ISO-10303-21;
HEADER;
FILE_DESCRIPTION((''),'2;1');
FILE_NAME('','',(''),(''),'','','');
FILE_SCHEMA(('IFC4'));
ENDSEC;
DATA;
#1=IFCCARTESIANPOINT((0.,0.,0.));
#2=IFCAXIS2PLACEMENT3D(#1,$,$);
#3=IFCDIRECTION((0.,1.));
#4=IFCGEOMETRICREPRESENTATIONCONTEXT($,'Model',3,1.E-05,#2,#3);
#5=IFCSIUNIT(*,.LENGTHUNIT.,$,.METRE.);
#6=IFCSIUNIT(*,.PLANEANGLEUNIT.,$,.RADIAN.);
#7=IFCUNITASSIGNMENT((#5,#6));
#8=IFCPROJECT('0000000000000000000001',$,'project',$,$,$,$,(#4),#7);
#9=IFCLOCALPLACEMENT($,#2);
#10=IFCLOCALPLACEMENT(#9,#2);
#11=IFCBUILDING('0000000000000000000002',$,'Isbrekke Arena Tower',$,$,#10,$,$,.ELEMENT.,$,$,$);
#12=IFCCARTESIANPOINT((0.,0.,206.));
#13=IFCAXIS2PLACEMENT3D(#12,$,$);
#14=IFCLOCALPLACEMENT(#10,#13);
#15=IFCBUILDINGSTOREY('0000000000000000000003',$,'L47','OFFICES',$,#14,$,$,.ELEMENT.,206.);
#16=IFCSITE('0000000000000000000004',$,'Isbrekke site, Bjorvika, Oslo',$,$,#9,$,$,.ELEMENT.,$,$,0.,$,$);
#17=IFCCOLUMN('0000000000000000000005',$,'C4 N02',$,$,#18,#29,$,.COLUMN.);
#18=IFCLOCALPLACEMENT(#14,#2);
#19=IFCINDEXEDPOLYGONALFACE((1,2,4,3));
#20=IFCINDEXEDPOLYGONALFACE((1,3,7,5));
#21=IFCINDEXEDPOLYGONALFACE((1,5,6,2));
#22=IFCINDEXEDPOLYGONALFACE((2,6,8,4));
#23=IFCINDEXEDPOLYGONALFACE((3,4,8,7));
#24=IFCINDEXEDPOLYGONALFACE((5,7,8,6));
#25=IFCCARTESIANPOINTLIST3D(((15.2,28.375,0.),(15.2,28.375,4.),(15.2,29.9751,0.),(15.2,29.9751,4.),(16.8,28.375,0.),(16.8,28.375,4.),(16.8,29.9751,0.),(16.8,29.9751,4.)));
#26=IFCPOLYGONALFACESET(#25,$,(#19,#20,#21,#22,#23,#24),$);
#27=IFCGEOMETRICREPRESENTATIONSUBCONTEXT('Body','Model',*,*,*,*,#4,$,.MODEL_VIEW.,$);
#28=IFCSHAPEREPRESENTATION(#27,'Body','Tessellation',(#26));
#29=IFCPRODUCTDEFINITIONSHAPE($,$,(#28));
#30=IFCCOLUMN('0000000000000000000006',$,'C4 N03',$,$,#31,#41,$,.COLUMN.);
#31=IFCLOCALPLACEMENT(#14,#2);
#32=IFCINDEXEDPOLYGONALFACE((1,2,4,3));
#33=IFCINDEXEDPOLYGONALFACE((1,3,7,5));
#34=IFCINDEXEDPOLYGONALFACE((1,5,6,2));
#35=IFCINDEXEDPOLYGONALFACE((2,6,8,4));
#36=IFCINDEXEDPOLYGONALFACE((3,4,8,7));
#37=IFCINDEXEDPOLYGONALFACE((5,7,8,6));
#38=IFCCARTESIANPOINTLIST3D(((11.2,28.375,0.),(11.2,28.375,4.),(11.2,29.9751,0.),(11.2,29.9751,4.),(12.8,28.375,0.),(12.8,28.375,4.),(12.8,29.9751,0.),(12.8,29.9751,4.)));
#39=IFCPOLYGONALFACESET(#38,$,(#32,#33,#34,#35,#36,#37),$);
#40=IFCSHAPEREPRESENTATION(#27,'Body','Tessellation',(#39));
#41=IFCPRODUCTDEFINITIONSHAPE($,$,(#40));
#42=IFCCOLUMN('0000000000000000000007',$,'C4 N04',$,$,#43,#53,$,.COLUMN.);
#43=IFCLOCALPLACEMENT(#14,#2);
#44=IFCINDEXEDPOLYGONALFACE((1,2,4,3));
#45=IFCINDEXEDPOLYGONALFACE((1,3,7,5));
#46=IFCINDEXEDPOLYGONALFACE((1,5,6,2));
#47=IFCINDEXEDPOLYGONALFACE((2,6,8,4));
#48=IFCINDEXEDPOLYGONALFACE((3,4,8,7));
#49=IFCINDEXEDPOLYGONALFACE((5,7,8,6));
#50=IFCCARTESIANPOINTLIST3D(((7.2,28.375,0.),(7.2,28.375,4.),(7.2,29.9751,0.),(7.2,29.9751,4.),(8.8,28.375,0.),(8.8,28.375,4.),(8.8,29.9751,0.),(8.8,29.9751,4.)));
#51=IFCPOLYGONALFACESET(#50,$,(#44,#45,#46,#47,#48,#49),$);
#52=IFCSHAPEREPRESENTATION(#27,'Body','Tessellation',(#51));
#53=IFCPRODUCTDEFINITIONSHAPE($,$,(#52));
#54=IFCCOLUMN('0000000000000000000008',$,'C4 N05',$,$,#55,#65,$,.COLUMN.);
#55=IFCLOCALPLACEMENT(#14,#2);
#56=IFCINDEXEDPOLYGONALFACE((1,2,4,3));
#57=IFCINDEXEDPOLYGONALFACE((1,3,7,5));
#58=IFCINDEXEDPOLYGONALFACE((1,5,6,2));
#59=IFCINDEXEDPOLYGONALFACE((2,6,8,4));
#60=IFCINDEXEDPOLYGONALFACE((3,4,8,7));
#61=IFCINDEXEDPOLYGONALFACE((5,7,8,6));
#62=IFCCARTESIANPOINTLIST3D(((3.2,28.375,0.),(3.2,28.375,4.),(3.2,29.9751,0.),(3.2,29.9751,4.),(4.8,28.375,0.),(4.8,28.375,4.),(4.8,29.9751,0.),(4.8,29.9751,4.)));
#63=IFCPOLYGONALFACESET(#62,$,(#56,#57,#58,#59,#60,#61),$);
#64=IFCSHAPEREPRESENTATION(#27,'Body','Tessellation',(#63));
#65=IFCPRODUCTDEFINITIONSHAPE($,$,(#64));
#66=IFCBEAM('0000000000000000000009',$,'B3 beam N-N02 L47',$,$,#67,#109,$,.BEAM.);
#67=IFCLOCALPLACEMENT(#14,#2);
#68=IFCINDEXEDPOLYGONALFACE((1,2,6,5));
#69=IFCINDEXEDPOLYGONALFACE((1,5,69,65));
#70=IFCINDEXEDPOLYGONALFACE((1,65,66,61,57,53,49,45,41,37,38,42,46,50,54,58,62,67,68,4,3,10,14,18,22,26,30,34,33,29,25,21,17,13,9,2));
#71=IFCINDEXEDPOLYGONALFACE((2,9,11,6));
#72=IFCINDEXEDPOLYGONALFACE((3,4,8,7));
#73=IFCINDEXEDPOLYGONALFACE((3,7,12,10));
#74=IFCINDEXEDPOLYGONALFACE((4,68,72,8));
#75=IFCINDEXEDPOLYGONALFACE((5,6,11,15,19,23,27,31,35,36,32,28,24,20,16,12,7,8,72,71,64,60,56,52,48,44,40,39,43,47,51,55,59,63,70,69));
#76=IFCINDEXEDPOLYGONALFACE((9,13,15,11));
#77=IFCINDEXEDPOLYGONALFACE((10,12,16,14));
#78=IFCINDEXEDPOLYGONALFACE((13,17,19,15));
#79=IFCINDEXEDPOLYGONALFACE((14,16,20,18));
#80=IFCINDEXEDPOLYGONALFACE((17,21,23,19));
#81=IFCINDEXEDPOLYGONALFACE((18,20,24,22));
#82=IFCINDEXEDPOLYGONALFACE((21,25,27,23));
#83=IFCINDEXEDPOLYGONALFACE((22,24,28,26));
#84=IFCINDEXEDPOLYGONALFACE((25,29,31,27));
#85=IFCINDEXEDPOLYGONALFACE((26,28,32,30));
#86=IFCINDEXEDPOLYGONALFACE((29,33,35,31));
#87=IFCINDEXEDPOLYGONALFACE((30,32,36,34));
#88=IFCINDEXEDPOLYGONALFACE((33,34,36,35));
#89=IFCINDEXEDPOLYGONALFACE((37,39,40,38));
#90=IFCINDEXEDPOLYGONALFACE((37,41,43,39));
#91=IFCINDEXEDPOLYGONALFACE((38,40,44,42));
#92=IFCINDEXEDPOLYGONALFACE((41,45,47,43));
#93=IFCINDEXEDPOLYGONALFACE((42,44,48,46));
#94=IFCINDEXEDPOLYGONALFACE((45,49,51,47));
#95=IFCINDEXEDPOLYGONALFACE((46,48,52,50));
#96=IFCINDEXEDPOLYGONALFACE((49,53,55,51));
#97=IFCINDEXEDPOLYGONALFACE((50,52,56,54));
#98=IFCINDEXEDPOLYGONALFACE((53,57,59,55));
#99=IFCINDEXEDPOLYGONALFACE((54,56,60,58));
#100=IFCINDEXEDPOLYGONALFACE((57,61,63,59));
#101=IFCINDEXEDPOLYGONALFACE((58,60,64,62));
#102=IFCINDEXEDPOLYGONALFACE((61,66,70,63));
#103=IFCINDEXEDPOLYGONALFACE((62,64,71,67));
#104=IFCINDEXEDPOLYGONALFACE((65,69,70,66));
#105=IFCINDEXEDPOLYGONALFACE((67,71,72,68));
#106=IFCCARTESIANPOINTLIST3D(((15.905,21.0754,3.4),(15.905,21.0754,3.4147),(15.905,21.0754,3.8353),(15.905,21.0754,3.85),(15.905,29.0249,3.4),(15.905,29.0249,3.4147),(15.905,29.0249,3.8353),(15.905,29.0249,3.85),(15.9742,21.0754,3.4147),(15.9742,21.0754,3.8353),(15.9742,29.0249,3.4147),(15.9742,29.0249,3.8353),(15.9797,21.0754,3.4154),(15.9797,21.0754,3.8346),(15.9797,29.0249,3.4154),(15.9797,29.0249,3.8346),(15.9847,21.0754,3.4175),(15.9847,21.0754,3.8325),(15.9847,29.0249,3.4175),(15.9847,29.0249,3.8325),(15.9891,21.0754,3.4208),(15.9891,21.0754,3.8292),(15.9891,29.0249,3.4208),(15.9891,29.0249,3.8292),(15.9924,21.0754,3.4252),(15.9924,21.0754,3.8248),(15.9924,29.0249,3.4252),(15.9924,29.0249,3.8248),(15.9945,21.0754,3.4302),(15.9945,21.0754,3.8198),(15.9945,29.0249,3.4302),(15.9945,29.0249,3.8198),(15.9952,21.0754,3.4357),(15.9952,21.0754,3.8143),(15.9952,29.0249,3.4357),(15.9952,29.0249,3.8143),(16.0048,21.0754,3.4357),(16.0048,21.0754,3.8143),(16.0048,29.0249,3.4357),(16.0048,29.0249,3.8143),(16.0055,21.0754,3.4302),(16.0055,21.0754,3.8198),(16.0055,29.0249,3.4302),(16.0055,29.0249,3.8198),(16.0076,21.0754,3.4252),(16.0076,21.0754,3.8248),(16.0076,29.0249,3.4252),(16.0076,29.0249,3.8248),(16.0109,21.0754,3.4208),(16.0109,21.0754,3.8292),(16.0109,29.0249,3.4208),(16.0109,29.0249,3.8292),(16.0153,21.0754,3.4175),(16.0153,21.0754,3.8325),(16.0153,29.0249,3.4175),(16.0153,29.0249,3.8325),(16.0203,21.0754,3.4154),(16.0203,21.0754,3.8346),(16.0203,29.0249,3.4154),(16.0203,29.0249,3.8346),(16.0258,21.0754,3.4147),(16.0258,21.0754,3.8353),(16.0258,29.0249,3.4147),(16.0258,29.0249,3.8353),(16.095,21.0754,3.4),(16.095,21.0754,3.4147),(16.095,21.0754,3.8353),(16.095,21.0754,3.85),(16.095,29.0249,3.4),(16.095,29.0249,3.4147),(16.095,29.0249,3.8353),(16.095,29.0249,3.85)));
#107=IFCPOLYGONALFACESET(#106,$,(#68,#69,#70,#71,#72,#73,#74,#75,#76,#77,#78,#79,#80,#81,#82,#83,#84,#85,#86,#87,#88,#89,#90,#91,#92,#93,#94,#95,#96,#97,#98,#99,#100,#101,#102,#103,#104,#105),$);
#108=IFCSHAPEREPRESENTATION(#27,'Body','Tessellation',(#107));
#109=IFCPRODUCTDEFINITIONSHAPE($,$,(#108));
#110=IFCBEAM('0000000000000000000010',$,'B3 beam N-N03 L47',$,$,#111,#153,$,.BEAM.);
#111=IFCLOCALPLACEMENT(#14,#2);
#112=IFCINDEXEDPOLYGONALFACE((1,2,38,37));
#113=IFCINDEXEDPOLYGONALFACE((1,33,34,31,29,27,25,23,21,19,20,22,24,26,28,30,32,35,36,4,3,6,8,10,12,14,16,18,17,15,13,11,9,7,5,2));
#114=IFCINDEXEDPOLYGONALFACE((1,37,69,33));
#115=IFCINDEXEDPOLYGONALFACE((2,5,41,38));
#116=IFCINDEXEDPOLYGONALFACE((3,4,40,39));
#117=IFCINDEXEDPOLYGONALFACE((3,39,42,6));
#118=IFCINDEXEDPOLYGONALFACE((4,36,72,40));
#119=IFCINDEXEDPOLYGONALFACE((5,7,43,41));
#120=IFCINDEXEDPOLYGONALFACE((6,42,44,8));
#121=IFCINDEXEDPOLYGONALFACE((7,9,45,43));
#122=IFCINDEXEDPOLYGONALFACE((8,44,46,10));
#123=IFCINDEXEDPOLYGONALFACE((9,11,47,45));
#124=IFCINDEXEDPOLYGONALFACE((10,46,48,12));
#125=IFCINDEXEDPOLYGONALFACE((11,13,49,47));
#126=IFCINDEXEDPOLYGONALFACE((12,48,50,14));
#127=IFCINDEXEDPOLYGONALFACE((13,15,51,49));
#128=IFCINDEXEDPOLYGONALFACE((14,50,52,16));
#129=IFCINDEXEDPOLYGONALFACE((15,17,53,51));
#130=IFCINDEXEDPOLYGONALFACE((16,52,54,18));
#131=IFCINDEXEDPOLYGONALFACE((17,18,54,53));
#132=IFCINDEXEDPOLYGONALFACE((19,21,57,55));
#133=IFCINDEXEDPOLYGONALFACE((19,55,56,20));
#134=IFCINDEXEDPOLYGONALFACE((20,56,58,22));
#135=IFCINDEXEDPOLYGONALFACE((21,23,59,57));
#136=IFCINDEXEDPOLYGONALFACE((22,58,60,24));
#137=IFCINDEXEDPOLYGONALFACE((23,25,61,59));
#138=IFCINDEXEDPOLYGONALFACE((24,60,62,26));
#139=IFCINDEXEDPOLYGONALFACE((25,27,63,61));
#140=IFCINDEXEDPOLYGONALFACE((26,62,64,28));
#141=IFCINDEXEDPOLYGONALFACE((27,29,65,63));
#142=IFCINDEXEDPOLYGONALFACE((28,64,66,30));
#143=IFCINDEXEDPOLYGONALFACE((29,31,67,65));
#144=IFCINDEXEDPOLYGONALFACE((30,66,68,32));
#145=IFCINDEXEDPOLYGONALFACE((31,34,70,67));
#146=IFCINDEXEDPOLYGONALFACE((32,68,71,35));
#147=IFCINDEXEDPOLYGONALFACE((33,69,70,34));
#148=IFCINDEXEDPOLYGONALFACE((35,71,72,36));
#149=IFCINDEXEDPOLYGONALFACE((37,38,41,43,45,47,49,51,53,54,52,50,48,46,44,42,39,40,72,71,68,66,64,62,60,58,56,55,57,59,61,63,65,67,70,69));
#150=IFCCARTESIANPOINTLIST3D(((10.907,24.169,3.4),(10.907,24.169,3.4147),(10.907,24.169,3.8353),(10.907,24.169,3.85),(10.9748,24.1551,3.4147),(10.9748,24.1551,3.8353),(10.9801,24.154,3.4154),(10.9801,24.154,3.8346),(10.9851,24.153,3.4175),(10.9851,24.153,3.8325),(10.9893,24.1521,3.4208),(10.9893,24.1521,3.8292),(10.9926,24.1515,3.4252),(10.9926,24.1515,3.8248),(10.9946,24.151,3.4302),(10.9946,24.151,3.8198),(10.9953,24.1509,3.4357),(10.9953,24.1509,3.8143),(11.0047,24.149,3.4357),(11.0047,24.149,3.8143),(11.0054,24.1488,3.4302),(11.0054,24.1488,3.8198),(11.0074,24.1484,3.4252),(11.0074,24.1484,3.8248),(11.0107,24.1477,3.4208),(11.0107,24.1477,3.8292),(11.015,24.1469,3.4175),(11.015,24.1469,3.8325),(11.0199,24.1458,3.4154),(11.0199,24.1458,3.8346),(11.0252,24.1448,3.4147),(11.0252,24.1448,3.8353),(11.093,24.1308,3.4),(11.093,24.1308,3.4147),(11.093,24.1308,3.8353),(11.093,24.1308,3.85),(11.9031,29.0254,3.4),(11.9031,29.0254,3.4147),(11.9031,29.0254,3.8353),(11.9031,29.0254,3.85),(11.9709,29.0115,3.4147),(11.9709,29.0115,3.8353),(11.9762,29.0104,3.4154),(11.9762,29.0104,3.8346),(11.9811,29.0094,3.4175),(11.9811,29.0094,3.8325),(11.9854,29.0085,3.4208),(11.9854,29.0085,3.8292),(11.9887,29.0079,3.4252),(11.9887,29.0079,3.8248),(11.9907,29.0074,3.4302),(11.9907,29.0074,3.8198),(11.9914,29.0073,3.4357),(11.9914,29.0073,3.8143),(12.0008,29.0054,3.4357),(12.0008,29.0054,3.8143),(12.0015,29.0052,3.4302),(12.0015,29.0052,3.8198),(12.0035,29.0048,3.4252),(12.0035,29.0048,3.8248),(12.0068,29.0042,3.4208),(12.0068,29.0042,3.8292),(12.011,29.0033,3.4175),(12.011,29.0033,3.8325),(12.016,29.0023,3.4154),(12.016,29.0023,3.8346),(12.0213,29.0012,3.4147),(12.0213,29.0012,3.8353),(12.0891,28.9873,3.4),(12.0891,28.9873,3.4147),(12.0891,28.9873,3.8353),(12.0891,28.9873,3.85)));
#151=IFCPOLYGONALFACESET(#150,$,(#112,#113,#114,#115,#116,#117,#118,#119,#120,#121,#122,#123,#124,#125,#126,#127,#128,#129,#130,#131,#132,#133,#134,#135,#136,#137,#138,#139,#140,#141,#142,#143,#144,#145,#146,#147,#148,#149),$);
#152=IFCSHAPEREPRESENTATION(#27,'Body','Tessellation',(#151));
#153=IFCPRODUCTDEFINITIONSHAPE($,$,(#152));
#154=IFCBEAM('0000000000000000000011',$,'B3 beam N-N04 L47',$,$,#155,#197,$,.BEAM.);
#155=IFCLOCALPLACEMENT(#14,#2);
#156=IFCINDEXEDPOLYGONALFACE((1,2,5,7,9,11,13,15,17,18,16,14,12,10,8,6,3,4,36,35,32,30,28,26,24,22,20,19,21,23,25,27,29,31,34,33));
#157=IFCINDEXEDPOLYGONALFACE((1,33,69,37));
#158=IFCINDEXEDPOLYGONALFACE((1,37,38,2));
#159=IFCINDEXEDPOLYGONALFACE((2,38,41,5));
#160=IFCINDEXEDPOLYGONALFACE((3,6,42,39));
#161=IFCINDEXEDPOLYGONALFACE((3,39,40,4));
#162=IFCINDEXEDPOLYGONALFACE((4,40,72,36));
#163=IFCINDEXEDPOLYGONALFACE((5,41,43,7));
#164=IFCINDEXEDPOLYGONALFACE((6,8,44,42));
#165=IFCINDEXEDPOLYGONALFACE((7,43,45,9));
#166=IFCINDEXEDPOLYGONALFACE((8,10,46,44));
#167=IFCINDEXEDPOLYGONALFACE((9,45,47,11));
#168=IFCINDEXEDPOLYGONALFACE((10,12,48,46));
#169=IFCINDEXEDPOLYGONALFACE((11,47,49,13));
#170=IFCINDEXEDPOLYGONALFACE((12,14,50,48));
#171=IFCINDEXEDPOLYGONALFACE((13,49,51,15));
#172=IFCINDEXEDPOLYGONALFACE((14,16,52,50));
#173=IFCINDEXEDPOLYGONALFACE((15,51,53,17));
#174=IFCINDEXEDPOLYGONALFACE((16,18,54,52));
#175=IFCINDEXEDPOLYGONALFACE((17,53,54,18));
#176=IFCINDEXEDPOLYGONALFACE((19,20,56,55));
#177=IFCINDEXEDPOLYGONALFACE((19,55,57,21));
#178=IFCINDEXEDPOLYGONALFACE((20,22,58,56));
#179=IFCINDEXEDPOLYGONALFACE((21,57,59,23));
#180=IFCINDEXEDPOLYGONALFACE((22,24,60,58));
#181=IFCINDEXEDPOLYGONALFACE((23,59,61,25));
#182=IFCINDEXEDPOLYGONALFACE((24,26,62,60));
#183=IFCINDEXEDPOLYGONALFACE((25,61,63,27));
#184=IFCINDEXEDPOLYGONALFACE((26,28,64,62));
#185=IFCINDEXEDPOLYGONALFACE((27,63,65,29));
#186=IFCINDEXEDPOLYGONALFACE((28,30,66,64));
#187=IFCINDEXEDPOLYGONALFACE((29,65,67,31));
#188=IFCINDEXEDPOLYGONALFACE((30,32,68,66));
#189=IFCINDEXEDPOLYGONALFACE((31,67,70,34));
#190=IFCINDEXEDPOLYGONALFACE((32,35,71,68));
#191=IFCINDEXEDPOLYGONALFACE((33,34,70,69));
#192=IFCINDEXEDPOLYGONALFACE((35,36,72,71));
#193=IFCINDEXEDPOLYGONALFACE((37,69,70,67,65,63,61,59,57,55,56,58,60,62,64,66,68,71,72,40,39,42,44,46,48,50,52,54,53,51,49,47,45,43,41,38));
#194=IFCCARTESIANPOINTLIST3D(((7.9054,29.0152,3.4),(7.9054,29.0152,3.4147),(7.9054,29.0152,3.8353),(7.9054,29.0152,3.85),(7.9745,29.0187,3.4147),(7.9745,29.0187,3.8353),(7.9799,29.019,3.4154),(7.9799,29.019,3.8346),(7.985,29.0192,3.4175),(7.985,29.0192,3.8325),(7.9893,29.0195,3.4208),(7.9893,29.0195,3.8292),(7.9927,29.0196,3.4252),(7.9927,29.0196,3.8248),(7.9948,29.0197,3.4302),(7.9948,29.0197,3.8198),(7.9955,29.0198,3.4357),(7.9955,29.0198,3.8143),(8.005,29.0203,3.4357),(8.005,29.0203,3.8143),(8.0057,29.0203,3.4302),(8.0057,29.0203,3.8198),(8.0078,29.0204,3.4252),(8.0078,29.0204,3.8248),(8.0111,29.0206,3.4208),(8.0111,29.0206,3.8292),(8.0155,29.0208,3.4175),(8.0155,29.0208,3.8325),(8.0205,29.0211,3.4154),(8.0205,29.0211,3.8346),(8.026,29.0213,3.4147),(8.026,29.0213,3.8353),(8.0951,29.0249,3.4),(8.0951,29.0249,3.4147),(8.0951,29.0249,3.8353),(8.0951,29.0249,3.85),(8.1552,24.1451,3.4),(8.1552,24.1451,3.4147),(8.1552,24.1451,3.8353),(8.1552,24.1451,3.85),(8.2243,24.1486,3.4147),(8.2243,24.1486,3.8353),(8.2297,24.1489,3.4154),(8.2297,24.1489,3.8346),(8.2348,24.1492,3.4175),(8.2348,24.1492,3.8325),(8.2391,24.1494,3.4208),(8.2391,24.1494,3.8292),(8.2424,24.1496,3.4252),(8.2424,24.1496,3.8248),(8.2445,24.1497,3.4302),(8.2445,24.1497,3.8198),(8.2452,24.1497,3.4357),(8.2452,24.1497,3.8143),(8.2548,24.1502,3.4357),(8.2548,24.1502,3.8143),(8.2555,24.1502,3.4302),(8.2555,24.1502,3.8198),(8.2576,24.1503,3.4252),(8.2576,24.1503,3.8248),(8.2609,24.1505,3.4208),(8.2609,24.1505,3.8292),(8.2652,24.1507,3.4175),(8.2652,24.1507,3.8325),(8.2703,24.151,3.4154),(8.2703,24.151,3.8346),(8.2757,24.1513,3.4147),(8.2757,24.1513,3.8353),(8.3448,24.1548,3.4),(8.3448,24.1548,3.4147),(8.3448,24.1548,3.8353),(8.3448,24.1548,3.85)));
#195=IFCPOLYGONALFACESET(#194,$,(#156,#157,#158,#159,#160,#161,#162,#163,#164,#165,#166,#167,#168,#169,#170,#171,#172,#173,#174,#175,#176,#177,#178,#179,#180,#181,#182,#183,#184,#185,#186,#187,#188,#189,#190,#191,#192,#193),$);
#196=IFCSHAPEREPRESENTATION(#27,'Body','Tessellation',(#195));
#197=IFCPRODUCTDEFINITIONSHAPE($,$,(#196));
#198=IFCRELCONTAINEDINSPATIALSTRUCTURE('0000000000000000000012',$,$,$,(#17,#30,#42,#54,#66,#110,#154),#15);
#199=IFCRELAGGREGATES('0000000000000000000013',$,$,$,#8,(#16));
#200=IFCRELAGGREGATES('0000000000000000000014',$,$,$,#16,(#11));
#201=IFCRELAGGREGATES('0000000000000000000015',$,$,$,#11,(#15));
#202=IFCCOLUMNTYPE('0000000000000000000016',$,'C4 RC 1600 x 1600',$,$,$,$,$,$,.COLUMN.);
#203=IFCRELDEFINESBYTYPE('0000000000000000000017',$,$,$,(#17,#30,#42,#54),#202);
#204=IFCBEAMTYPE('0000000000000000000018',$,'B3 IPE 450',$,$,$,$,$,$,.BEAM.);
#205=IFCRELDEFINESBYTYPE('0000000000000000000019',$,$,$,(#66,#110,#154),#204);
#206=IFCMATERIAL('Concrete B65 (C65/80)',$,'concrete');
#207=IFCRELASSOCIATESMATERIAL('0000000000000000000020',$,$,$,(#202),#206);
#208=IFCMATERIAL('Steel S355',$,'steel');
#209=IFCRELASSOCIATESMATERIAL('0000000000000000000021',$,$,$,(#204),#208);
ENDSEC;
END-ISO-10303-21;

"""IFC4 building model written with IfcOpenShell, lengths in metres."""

from ifc_helpers import new_model, si_unit, direction, frame, origin, origin_2d, place, context, subcontext, project, spatial, rectangle, i_section, extrude, material, material_profile, profile_set, type_object, element, save


model = new_model("IFC4")

# Units and contexts
model_context = context("Model", 3, precision=1e-05, world=origin(), true_north=direction((0.0, 1.0)))
body_context = subcontext(model_context, "Body", "Model", "MODEL_VIEW")
ifc_project = project(units=[si_unit("LENGTHUNIT", "METRE"), si_unit("PLANEANGLEUNIT", "RADIAN")], contexts=[model_context])

# Site, building, storey
site_placement = place(None, origin())
site = spatial("IfcSite", under=ifc_project, at=site_placement, Name="Isbrekke site, Bjorvika, Oslo", CompositionType="ELEMENT", RefElevation=0.0)
building_placement = place(site_placement, origin())
building = spatial("IfcBuilding", under=site, at=building_placement, Name="Isbrekke Arena Tower", CompositionType="ELEMENT")
storey_placement = place(building_placement, frame((0.0, 0.0, 206.0)))
storey = spatial("IfcBuildingStorey", under=building, at=storey_placement, Name="L47", Description="OFFICES", CompositionType="ELEMENT", Elevation=206.0)

# Columns
ifc_material_1 = material(Name="Concrete B65 (C65/80)", Category="concrete")
ifc_material_profile_1 = material_profile(ifc_material_1, rectangle(XDim=1.6001, YDim=1.6001, at=origin_2d()), Name="RC 1600x1600")
ifc_profile_set_1 = profile_set([ifc_material_profile_1], Name="Concrete B65 (C65/80)")
column_type = type_object("IfcColumnType", Name="C4 RC 1600 x 1600", PredefinedType="COLUMN", material=ifc_profile_set_1)
for number, where, z_axis, x_axis, name in (
    (1, (16.0, 29.175, 0.0), (0.0, 0.0, 1.0), (-1.0, 0.0, 0.0), "C4 N02"),
    (2, (12.0, 29.175, 0.0), (0.0, 0.0, 1.0), (-1.0, 0.0, 0.0), "C4 N03"),
    (3, (8.0, 29.175, 0.0), (0.0, 0.0, 1.0), (-1.0, 0.0, 0.0), "C4 N04"),
    (4, (4.0, 29.175, 0.0), (0.0, 0.0, 1.0), (-1.0, 0.0, 0.0), "C4 N05"),
):
    element("IfcColumn", number, at=place(storey_placement, frame(where, z_axis=z_axis, x_axis=x_axis)), inside=storey, type_object=column_type, Name=name, PredefinedType="COLUMN", context=body_context, shape_type="SweptSolid", body=[
        extrude(rectangle(XDim=1.6001, YDim=1.6001, at=origin_2d()), origin(), (0.0, 0.0, 1.0), 4.0),
    ])

# Beams
ifc_material_2 = material(Name="Steel S355", Category="steel")
ifc_material_profile_2 = material_profile(ifc_material_2, i_section(OverallWidth=0.1899, OverallDepth=0.45, WebThickness=0.0095, FlangeThickness=0.0146, FilletRadius=0.021, at=origin_2d()), Name="IPE 450")
ifc_profile_set_2 = profile_set([ifc_material_profile_2], Name="Steel S355")
beam_type_1 = type_object("IfcBeamType", Name="B3 IPE 450", PredefinedType="BEAM", material=ifc_profile_set_2)
beam_1_placement = place(storey_placement, frame((16.0, 29.0249, 3.625), z_axis=(0.0, -1.0, 0.0), x_axis=(1.0, 0.0, 0.0)))
element("IfcBeam", 5, at=beam_1_placement, inside=storey, type_object=beam_type_1, Name="B3 beam N-N02 L47", PredefinedType="BEAM", context=body_context, shape_type="SweptSolid", body=[
    extrude(i_section(OverallWidth=0.1899, OverallDepth=0.45, WebThickness=0.0095, FlangeThickness=0.0146, FilletRadius=0.021, at=origin_2d()), origin(), (0.0, 0.0, 1.0), 7.9495),
])
beam_2_placement = place(storey_placement, frame((11.9961, 29.0063, 3.625), z_axis=(-0.200925, -0.979607, 0.0), x_axis=(0.979607, -0.200925, 0.0)))
element("IfcBeam", 6, at=beam_2_placement, inside=storey, type_object=beam_type_1, Name="B3 beam N-N03 L47", PredefinedType="BEAM", context=body_context, shape_type="SweptSolid", body=[
    extrude(i_section(OverallWidth=0.1899, OverallDepth=0.45, WebThickness=0.0095, FlangeThickness=0.0146, FilletRadius=0.021, at=origin_2d()), origin(), (0.0, 0.0, 1.0), 4.9575),
])
beam_3_placement = place(storey_placement, frame((8.0002, 29.02, 3.625), z_axis=(0.051216, -0.998688, 0.0), x_axis=(0.998688, 0.051216, 0.0)))
element("IfcBeam", 7, at=beam_3_placement, inside=storey, type_object=beam_type_1, Name="B3 beam N-N04 L47", PredefinedType="BEAM", context=body_context, shape_type="SweptSolid", body=[
    extrude(i_section(OverallWidth=0.1899, OverallDepth=0.45, WebThickness=0.0095, FlangeThickness=0.0146, FilletRadius=0.021, at=origin_2d()), origin(), (0.0, 0.0, 1.0), 4.8765),
])

save(model, "model.ifc")
